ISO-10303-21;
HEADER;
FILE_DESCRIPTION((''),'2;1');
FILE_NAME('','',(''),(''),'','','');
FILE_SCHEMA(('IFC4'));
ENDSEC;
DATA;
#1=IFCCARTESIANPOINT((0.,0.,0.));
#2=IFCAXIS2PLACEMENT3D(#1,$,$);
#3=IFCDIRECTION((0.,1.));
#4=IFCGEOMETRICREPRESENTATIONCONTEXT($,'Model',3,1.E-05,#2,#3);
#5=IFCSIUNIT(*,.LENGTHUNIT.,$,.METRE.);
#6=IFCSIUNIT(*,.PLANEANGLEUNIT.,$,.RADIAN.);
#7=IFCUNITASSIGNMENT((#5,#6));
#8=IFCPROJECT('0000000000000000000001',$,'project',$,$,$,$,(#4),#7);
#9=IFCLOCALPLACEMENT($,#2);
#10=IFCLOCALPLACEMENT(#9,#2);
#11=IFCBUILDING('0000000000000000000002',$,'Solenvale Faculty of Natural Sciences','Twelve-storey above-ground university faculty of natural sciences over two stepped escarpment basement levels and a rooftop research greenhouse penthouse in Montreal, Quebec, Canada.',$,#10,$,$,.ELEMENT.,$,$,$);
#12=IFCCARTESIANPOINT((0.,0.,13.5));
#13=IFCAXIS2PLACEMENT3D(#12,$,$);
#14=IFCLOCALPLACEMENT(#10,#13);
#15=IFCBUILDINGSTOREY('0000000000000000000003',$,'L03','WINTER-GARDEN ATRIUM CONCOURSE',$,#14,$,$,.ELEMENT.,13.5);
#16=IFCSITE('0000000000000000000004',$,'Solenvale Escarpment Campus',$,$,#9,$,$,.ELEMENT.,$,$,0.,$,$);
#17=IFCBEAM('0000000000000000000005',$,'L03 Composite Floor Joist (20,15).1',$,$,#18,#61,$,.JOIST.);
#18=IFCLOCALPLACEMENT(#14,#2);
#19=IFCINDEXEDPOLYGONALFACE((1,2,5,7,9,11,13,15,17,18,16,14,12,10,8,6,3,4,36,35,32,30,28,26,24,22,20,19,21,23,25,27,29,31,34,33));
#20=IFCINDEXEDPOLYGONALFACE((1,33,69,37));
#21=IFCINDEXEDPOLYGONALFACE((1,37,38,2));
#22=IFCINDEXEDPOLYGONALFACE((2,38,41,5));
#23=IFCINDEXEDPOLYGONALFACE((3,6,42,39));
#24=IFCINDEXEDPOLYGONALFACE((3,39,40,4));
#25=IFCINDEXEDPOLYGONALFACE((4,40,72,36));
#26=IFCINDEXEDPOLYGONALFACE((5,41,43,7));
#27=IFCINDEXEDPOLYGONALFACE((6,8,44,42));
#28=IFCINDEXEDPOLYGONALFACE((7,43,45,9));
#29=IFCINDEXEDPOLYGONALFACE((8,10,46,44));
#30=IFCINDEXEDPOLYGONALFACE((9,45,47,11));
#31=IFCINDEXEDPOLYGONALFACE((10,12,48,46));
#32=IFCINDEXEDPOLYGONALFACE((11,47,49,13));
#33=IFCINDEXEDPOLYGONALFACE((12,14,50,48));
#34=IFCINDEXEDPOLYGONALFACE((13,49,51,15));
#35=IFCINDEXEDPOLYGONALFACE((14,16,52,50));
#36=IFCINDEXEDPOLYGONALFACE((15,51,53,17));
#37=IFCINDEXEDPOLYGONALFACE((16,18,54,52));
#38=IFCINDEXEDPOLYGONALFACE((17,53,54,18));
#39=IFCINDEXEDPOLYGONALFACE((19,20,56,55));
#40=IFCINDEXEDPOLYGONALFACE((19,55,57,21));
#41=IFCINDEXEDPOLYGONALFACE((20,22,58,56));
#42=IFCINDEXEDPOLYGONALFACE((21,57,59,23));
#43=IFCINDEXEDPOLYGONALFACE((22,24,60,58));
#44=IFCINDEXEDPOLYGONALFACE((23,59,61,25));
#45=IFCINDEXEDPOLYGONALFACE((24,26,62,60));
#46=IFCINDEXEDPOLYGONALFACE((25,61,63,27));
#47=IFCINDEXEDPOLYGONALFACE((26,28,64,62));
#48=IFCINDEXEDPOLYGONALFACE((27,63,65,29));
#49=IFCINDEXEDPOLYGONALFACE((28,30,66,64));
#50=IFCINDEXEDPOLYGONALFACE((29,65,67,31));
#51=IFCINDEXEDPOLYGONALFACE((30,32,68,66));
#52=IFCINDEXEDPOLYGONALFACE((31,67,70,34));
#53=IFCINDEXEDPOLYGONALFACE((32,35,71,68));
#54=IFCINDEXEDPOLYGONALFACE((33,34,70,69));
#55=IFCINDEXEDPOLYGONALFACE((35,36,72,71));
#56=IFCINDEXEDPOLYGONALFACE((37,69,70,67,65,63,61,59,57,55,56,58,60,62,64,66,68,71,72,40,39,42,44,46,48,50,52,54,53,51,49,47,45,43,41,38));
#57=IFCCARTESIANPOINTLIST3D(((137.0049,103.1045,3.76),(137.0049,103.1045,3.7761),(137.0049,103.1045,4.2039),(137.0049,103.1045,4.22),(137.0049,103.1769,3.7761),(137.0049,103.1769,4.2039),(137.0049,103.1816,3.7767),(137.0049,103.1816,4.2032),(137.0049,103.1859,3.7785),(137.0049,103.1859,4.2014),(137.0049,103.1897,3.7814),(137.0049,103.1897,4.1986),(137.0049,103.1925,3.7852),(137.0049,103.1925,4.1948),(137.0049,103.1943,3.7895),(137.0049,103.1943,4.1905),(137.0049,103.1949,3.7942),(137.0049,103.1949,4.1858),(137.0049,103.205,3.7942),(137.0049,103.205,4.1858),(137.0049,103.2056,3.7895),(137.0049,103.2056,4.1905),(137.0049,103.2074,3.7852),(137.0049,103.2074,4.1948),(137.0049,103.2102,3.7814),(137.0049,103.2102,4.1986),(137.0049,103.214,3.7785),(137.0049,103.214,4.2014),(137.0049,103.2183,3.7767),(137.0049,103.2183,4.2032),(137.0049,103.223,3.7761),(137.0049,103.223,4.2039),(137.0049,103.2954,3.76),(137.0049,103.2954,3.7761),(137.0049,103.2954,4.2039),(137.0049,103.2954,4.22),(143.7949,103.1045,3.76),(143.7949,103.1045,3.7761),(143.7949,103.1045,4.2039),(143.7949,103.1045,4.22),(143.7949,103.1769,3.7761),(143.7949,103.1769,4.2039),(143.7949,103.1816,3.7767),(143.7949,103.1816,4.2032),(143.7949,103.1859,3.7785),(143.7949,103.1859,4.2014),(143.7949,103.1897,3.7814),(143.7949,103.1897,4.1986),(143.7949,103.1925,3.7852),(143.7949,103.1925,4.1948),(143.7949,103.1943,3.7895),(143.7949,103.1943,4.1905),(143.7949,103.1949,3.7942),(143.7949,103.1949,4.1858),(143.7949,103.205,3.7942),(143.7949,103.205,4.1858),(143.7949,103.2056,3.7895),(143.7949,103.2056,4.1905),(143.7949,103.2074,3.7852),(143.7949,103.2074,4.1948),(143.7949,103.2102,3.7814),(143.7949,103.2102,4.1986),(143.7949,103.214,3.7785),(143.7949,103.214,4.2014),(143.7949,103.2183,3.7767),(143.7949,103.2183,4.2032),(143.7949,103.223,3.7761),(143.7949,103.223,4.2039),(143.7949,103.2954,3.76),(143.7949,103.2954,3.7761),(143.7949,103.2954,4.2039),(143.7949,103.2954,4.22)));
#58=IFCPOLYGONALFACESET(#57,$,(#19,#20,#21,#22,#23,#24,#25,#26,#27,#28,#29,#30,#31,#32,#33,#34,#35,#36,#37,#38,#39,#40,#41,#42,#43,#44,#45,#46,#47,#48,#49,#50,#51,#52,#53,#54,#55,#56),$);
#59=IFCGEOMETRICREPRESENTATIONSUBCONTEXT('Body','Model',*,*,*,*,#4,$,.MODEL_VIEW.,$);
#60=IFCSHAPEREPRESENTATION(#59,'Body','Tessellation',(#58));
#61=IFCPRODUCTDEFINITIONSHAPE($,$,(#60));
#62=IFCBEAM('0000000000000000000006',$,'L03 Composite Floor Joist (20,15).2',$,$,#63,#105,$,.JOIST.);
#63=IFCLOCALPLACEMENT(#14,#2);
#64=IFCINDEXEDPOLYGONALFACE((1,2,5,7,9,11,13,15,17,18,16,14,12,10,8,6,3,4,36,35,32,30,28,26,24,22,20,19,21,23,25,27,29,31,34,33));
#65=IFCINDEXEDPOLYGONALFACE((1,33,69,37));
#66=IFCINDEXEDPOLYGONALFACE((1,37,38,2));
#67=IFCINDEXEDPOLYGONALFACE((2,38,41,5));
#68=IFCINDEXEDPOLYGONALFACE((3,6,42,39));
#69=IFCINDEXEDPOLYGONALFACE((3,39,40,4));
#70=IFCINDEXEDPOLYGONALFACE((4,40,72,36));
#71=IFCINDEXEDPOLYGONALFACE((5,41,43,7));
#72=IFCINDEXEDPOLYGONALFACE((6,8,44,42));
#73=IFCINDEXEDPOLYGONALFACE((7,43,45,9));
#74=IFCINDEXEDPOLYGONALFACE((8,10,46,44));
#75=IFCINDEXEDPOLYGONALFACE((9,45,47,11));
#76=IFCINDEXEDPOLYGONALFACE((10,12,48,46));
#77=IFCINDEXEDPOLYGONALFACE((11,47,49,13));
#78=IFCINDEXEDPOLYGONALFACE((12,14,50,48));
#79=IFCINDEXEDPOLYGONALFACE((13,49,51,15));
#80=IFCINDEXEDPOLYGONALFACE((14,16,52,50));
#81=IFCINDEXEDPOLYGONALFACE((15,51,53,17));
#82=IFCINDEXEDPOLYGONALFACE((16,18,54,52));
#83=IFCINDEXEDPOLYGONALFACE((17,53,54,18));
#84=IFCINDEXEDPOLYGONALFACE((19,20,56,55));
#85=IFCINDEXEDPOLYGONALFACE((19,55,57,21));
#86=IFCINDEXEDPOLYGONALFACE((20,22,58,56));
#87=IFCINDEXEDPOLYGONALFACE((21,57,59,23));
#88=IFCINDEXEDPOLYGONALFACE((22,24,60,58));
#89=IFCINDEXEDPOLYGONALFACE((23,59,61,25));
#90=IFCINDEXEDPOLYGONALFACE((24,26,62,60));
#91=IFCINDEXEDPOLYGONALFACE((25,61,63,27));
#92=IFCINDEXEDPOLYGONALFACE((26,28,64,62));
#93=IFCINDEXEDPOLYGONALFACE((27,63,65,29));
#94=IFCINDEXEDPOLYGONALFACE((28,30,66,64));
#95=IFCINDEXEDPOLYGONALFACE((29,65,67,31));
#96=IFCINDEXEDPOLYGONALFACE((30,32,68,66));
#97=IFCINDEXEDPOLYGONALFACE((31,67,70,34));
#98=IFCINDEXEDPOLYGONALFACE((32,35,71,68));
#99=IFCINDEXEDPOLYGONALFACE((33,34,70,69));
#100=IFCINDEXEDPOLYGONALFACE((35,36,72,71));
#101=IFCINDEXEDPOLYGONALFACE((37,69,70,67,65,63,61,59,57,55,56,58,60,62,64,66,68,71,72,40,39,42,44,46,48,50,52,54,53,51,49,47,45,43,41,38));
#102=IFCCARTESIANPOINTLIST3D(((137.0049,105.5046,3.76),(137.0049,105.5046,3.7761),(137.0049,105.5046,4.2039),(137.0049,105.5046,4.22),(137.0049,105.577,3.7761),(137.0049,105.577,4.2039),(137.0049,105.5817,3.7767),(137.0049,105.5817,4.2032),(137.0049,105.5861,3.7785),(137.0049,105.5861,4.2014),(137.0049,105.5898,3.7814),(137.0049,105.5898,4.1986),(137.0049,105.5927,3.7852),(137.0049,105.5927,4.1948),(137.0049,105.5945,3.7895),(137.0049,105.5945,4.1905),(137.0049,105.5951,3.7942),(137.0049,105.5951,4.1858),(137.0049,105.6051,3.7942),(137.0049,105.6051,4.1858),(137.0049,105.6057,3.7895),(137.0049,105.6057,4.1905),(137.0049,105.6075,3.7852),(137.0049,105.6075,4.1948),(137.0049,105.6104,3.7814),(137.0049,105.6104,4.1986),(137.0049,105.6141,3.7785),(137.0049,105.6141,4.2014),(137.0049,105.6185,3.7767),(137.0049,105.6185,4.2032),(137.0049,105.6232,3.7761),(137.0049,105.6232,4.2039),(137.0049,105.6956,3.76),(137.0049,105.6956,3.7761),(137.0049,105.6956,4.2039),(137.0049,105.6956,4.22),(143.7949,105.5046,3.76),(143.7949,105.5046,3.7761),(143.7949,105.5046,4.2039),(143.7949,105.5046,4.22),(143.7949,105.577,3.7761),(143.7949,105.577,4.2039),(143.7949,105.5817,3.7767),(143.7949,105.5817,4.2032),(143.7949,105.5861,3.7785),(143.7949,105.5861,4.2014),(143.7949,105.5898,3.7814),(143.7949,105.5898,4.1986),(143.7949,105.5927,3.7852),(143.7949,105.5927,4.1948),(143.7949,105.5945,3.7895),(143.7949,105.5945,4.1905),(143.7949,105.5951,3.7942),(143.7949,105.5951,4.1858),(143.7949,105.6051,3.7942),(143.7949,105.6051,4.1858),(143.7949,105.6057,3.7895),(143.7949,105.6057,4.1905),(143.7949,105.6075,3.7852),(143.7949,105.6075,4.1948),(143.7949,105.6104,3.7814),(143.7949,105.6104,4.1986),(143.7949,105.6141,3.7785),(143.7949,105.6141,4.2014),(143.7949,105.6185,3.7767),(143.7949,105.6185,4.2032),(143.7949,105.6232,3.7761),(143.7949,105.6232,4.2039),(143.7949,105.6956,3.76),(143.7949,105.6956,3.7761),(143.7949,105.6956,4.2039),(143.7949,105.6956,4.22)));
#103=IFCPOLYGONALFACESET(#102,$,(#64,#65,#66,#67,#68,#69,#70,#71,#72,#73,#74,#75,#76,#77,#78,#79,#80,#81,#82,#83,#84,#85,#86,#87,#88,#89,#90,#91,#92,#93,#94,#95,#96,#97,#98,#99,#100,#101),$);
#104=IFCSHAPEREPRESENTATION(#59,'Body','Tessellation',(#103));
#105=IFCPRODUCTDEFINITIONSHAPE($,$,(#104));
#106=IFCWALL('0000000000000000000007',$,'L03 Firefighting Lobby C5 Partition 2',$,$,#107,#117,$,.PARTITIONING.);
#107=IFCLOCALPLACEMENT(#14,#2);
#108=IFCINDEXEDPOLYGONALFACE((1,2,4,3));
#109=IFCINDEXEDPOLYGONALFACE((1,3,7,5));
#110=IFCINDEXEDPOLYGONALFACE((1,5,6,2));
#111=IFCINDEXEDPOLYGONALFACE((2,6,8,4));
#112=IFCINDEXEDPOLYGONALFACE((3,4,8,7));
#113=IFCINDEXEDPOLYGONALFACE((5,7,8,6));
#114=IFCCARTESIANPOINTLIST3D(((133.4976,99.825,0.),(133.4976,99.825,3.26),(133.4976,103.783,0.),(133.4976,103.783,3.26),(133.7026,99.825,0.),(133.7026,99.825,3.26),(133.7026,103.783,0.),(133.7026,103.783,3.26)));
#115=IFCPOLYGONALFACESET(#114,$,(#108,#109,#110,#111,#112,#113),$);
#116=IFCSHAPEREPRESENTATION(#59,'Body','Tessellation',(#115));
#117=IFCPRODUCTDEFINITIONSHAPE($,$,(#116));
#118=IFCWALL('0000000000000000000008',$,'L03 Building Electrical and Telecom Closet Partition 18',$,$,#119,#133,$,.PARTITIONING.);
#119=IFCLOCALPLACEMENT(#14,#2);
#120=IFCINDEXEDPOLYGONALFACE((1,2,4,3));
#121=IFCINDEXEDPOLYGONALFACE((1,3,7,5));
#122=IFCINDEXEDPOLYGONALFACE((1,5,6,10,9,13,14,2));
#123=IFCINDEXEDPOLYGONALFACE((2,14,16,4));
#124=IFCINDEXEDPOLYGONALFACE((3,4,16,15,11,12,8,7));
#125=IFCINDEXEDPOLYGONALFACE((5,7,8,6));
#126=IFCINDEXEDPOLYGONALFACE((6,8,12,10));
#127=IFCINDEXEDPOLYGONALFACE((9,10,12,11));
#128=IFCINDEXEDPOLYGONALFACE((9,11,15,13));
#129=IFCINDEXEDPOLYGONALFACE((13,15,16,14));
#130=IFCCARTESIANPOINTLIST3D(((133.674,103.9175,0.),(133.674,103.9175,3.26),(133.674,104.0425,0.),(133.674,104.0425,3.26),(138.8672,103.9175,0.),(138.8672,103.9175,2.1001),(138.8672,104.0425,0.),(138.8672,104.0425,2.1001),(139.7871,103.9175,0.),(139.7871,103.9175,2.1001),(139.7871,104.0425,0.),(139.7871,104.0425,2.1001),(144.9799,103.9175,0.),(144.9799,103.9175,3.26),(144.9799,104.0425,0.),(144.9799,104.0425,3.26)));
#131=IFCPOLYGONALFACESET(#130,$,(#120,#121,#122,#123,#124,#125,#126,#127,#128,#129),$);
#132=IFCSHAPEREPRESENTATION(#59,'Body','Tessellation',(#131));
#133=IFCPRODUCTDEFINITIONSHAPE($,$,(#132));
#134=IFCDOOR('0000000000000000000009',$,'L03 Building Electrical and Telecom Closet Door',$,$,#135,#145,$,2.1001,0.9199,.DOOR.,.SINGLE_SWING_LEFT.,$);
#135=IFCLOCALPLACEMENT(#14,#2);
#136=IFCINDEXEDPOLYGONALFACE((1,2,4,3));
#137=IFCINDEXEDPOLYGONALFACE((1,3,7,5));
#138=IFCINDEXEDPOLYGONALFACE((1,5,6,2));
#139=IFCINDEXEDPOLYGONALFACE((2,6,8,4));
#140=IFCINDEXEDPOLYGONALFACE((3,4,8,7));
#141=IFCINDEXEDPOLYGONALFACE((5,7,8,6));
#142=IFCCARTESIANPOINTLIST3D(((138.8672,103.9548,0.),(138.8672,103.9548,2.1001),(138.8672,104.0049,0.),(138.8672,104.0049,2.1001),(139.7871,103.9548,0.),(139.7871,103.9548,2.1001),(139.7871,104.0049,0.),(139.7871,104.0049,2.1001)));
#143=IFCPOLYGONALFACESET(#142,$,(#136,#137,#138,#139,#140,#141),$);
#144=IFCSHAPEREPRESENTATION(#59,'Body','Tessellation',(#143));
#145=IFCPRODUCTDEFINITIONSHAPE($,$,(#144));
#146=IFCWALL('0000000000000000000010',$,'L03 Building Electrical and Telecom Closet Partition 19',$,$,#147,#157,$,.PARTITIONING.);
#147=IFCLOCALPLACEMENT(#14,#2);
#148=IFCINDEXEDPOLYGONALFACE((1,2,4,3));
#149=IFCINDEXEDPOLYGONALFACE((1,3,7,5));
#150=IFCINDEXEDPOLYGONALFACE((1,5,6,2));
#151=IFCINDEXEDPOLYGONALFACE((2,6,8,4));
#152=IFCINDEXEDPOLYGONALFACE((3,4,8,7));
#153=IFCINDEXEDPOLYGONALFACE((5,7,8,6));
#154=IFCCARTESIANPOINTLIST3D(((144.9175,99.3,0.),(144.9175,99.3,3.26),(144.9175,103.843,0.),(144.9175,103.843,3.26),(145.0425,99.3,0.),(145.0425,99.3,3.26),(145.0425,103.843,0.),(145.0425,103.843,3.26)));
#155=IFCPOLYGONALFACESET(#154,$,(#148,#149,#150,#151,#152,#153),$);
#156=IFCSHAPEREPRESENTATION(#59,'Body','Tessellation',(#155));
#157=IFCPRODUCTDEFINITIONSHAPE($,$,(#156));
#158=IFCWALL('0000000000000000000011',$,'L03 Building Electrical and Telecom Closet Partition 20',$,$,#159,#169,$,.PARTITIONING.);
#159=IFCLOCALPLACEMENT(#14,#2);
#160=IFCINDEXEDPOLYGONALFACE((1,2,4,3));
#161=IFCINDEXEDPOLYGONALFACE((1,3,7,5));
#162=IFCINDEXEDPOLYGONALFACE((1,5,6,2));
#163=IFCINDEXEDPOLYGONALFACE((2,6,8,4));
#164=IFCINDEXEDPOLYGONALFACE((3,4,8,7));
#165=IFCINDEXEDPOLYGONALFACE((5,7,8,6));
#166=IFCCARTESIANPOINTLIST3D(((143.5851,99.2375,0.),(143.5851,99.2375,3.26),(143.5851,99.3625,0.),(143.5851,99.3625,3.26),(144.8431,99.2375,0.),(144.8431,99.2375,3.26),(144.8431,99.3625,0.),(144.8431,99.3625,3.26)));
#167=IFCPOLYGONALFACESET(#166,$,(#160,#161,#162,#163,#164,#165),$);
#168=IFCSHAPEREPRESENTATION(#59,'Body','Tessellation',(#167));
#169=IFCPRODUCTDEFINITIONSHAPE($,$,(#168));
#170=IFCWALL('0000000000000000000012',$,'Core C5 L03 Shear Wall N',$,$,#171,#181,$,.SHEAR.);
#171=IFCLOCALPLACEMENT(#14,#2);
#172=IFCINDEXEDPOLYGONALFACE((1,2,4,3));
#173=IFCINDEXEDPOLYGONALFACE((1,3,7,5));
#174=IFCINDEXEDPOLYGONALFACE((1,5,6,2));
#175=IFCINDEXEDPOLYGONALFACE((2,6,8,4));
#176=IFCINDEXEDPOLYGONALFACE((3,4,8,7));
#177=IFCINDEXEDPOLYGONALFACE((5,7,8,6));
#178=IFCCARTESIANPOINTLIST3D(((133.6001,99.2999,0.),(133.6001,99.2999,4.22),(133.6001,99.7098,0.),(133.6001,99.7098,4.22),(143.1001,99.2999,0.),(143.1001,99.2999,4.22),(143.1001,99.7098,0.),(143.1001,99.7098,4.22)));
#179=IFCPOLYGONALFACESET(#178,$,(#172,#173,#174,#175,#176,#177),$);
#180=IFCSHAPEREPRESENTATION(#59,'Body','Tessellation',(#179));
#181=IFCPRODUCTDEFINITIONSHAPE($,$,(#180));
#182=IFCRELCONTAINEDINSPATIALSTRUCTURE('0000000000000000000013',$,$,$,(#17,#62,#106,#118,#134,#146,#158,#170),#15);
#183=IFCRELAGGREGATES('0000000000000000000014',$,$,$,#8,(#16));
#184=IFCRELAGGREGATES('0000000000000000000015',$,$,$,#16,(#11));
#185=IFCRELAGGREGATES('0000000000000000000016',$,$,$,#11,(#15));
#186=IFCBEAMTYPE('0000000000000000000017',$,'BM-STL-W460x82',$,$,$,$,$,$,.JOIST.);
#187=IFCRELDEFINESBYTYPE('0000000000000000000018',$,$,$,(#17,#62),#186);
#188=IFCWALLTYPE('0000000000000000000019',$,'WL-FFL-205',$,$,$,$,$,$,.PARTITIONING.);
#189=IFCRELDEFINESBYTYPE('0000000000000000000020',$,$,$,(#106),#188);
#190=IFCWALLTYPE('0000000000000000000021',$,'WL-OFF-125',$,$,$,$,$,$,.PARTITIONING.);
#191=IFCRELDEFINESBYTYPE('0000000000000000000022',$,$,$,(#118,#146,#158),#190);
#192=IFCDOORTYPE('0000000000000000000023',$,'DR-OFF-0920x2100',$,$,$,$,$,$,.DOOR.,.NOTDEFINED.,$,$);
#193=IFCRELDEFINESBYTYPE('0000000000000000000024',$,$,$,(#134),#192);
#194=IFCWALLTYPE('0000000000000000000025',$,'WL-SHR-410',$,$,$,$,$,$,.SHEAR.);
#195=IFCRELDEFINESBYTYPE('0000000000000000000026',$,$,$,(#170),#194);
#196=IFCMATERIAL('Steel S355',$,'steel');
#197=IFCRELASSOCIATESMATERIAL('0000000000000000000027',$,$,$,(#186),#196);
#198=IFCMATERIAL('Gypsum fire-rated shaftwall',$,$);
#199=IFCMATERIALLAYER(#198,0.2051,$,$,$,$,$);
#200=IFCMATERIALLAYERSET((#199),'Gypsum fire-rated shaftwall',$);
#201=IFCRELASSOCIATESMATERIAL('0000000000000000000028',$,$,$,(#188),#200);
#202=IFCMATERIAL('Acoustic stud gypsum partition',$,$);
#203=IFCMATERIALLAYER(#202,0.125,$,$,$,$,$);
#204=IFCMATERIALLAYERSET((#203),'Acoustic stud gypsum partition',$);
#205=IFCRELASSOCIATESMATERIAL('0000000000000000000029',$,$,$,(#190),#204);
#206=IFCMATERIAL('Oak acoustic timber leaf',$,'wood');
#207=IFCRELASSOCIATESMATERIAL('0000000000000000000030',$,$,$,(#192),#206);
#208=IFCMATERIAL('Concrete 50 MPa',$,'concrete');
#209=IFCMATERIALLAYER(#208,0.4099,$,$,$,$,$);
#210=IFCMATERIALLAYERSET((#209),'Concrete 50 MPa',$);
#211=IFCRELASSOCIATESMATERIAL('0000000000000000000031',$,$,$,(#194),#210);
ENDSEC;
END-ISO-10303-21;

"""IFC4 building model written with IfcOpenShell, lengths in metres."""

from ifc_helpers import new_model, si_unit, direction, frame, frame_2d, origin, origin_2d, place, context, subcontext, project, spatial, rectangle, i_section, extrude, material, layer, layer_set, material_profile, profile_set, type_object, element, fill, save


model = new_model("IFC4")

# Units and contexts
model_context = context("Model", 3, precision=1e-05, world=origin(), true_north=direction((0.0, 1.0)))
body_context = subcontext(model_context, "Body", "Model", "MODEL_VIEW")
ifc_project = project(units=[si_unit("LENGTHUNIT", "METRE"), si_unit("PLANEANGLEUNIT", "RADIAN")], contexts=[model_context])

# Site, building, storey
site_placement = place(None, origin())
site = spatial("IfcSite", under=ifc_project, at=site_placement, Name="Solenvale Escarpment Campus", CompositionType="ELEMENT", RefElevation=0.0)
building_placement = place(site_placement, origin())
building = spatial("IfcBuilding", under=site, at=building_placement, Name="Solenvale Faculty of Natural Sciences", Description="Twelve-storey above-ground university faculty of natural sciences over two stepped escarpment basement levels and a rooftop research greenhouse penthouse in Montreal, Quebec, Canada.", CompositionType="ELEMENT")
storey_placement = place(building_placement, frame((0.0, 0.0, 13.5)))
storey = spatial("IfcBuildingStorey", under=building, at=storey_placement, Name="L03", Description="WINTER-GARDEN ATRIUM CONCOURSE", CompositionType="ELEMENT", Elevation=13.5)

# Shared definitions
ifc_material_1 = material(Name="Concrete 50 MPa", Category="concrete")

# Beams
ifc_material_2 = material(Name="Steel S355", Category="steel")
ifc_material_profile_1 = material_profile(ifc_material_2, i_section(OverallWidth=0.1909, OverallDepth=0.46, WebThickness=0.01, FlangeThickness=0.0161, FilletRadius=0.0181, at=origin_2d()), Name="W460x82")
ifc_profile_set_1 = profile_set([ifc_material_profile_1], Name="Steel S355")
beam_type_1 = type_object("IfcBeamType", Name="BM-STL-W460x82", PredefinedType="JOIST", material=ifc_profile_set_1)
for number, where, z_axis, x_axis, name in (
    (1, (137.0049, 103.2, 3.99), (1.0, 0.0, 0.0), (0.0, 1.0, 0.0), "L03 Composite Floor Joist (20,15).1"),
    (2, (137.0049, 105.6001, 3.99), (1.0, 0.0, 0.0), (0.0, 1.0, 0.0), "L03 Composite Floor Joist (20,15).2"),
):
    element("IfcBeam", number, at=place(storey_placement, frame(where, z_axis=z_axis, x_axis=x_axis)), inside=storey, type_object=beam_type_1, Name=name, PredefinedType="JOIST", context=body_context, shape_type="SweptSolid", body=[
        extrude(i_section(OverallWidth=0.1909, OverallDepth=0.46, WebThickness=0.01, FlangeThickness=0.0161, FilletRadius=0.0181, at=origin_2d()), origin(), (0.0, 0.0, 1.0), 6.79),
    ])

# Wall
ifc_material_3 = material(Name="Gypsum fire-rated shaftwall")
ifc_layer_1 = layer(ifc_material_3, 0.2051)
ifc_layer_set_1 = layer_set([ifc_layer_1], Name="Gypsum fire-rated shaftwall")
wall_type_1 = type_object("IfcWallType", Name="WL-FFL-205", PredefinedType="PARTITIONING", material=ifc_layer_set_1)
wall_1_placement = place(storey_placement, frame((133.6001, 103.783, 0.0), z_axis=(0.0, 0.0, 1.0), x_axis=(0.0, -1.0, 0.0)))
element("IfcWall", 3, at=wall_1_placement, inside=storey, type_object=wall_type_1, Name="L03 Firefighting Lobby C5 Partition 2", PredefinedType="PARTITIONING", context=body_context, shape_type="SweptSolid", body=[
    extrude(rectangle(XDim=3.958, YDim=0.2051, at=frame_2d((1.979, 0.0))), origin(), (0.0, 0.0, 1.0), 3.26),
])

# Wall, opening, door
ifc_material_4 = material(Name="Acoustic stud gypsum partition")
ifc_layer_2 = layer(ifc_material_4, 0.125)
ifc_layer_set_2 = layer_set([ifc_layer_2], Name="Acoustic stud gypsum partition")
wall_type_2 = type_object("IfcWallType", Name="WL-OFF-125", PredefinedType="PARTITIONING", material=ifc_layer_set_2)
wall_2_placement = place(storey_placement, frame((133.6741, 103.98, 0.0), z_axis=(0.0, 0.0, 1.0), x_axis=(1.0, 0.0, 0.0)))
wall_2 = element("IfcWall", 4, at=wall_2_placement, inside=storey, type_object=wall_type_2, Name="L03 Building Electrical and Telecom Closet Partition 18", PredefinedType="PARTITIONING", context=body_context, shape_type="SweptSolid", body=[
    extrude(rectangle(XDim=11.3059, YDim=0.125, at=frame_2d((5.6528, 0.0))), origin(), (0.0, 0.0, 1.0), 3.26),
])
opening_1_placement = place(wall_2_placement, frame((5.1931, 0.0, 0.0)))
opening_1 = element("IfcOpeningElement", 5, at=opening_1_placement, cuts=wall_2, PredefinedType="OPENING", context=body_context, shape_type="SweptSolid", body=[
    extrude(rectangle(XDim=0.9199, YDim=2.1001, at=frame_2d((0.46, 1.05))), frame((0.0, 0.0725, 0.0), z_axis=(0.0, -1.0, 0.0), x_axis=(1.0, 0.0, 0.0)), (0.0, 0.0, 1.0), 0.145),
])
ifc_material_5 = material(Name="Oak acoustic timber leaf", Category="wood")
door_type_1 = type_object("IfcDoorType", Name="DR-OFF-0920x2100", OperationType="NOTDEFINED", PredefinedType="DOOR", material=ifc_material_5)
door_1_placement = place(opening_1_placement, origin())
door_1 = element("IfcDoor", 6, at=door_1_placement, inside=storey, type_object=door_type_1, Name="L03 Building Electrical and Telecom Closet Door", OperationType="SINGLE_SWING_LEFT", OverallHeight=2.1001, OverallWidth=0.9199, PredefinedType="DOOR", context=body_context, shape_type="SweptSolid", body=[
    extrude(rectangle(XDim=0.9199, YDim=2.1001, at=frame_2d((0.46, 1.05))), frame((0.0, 0.0249, 0.0), z_axis=(0.0, -1.0, 0.0), x_axis=(1.0, 0.0, 0.0)), (0.0, 0.0, 1.0), 0.05),
])
fill(opening_1, door_1)

# Walls
wall_3_placement = place(storey_placement, frame((144.98, 103.843, 0.0), z_axis=(0.0, 0.0, 1.0), x_axis=(0.0, -1.0, 0.0)))
element("IfcWall", 7, at=wall_3_placement, inside=storey, type_object=wall_type_2, Name="L03 Building Electrical and Telecom Closet Partition 19", PredefinedType="PARTITIONING", context=body_context, shape_type="SweptSolid", body=[
    extrude(rectangle(XDim=4.543, YDim=0.125, at=frame_2d((2.2715, 0.0))), origin(), (0.0, 0.0, 1.0), 3.26),
])
wall_4_placement = place(storey_placement, frame((144.843, 99.3, 0.0), z_axis=(0.0, 0.0, 1.0), x_axis=(-1.0, 0.0, 0.0)))
element("IfcWall", 8, at=wall_4_placement, inside=storey, type_object=wall_type_2, Name="L03 Building Electrical and Telecom Closet Partition 20", PredefinedType="PARTITIONING", context=body_context, shape_type="SweptSolid", body=[
    extrude(rectangle(XDim=1.2581, YDim=0.125, at=frame_2d((0.6289, 0.0))), origin(), (0.0, 0.0, 1.0), 3.26),
])

# Wall
ifc_layer_3 = layer(ifc_material_1, 0.4099)
ifc_layer_set_3 = layer_set([ifc_layer_3], Name="Concrete 50 MPa")
wall_type_3 = type_object("IfcWallType", Name="WL-SHR-410", PredefinedType="SHEAR", material=ifc_layer_set_3)
wall_5_placement = place(storey_placement, frame((133.6001, 99.5049, 0.0), z_axis=(0.0, 0.0, 1.0), x_axis=(1.0, 0.0, 0.0)))
element("IfcWall", 9, at=wall_5_placement, inside=storey, type_object=wall_type_3, Name="Core C5 L03 Shear Wall N", PredefinedType="SHEAR", context=body_context, shape_type="SweptSolid", body=[
    extrude(rectangle(XDim=9.5, YDim=0.4099, at=frame_2d((4.75, 0.0))), origin(), (0.0, 0.0, 1.0), 4.22),
])

save(model, "model.ifc")
